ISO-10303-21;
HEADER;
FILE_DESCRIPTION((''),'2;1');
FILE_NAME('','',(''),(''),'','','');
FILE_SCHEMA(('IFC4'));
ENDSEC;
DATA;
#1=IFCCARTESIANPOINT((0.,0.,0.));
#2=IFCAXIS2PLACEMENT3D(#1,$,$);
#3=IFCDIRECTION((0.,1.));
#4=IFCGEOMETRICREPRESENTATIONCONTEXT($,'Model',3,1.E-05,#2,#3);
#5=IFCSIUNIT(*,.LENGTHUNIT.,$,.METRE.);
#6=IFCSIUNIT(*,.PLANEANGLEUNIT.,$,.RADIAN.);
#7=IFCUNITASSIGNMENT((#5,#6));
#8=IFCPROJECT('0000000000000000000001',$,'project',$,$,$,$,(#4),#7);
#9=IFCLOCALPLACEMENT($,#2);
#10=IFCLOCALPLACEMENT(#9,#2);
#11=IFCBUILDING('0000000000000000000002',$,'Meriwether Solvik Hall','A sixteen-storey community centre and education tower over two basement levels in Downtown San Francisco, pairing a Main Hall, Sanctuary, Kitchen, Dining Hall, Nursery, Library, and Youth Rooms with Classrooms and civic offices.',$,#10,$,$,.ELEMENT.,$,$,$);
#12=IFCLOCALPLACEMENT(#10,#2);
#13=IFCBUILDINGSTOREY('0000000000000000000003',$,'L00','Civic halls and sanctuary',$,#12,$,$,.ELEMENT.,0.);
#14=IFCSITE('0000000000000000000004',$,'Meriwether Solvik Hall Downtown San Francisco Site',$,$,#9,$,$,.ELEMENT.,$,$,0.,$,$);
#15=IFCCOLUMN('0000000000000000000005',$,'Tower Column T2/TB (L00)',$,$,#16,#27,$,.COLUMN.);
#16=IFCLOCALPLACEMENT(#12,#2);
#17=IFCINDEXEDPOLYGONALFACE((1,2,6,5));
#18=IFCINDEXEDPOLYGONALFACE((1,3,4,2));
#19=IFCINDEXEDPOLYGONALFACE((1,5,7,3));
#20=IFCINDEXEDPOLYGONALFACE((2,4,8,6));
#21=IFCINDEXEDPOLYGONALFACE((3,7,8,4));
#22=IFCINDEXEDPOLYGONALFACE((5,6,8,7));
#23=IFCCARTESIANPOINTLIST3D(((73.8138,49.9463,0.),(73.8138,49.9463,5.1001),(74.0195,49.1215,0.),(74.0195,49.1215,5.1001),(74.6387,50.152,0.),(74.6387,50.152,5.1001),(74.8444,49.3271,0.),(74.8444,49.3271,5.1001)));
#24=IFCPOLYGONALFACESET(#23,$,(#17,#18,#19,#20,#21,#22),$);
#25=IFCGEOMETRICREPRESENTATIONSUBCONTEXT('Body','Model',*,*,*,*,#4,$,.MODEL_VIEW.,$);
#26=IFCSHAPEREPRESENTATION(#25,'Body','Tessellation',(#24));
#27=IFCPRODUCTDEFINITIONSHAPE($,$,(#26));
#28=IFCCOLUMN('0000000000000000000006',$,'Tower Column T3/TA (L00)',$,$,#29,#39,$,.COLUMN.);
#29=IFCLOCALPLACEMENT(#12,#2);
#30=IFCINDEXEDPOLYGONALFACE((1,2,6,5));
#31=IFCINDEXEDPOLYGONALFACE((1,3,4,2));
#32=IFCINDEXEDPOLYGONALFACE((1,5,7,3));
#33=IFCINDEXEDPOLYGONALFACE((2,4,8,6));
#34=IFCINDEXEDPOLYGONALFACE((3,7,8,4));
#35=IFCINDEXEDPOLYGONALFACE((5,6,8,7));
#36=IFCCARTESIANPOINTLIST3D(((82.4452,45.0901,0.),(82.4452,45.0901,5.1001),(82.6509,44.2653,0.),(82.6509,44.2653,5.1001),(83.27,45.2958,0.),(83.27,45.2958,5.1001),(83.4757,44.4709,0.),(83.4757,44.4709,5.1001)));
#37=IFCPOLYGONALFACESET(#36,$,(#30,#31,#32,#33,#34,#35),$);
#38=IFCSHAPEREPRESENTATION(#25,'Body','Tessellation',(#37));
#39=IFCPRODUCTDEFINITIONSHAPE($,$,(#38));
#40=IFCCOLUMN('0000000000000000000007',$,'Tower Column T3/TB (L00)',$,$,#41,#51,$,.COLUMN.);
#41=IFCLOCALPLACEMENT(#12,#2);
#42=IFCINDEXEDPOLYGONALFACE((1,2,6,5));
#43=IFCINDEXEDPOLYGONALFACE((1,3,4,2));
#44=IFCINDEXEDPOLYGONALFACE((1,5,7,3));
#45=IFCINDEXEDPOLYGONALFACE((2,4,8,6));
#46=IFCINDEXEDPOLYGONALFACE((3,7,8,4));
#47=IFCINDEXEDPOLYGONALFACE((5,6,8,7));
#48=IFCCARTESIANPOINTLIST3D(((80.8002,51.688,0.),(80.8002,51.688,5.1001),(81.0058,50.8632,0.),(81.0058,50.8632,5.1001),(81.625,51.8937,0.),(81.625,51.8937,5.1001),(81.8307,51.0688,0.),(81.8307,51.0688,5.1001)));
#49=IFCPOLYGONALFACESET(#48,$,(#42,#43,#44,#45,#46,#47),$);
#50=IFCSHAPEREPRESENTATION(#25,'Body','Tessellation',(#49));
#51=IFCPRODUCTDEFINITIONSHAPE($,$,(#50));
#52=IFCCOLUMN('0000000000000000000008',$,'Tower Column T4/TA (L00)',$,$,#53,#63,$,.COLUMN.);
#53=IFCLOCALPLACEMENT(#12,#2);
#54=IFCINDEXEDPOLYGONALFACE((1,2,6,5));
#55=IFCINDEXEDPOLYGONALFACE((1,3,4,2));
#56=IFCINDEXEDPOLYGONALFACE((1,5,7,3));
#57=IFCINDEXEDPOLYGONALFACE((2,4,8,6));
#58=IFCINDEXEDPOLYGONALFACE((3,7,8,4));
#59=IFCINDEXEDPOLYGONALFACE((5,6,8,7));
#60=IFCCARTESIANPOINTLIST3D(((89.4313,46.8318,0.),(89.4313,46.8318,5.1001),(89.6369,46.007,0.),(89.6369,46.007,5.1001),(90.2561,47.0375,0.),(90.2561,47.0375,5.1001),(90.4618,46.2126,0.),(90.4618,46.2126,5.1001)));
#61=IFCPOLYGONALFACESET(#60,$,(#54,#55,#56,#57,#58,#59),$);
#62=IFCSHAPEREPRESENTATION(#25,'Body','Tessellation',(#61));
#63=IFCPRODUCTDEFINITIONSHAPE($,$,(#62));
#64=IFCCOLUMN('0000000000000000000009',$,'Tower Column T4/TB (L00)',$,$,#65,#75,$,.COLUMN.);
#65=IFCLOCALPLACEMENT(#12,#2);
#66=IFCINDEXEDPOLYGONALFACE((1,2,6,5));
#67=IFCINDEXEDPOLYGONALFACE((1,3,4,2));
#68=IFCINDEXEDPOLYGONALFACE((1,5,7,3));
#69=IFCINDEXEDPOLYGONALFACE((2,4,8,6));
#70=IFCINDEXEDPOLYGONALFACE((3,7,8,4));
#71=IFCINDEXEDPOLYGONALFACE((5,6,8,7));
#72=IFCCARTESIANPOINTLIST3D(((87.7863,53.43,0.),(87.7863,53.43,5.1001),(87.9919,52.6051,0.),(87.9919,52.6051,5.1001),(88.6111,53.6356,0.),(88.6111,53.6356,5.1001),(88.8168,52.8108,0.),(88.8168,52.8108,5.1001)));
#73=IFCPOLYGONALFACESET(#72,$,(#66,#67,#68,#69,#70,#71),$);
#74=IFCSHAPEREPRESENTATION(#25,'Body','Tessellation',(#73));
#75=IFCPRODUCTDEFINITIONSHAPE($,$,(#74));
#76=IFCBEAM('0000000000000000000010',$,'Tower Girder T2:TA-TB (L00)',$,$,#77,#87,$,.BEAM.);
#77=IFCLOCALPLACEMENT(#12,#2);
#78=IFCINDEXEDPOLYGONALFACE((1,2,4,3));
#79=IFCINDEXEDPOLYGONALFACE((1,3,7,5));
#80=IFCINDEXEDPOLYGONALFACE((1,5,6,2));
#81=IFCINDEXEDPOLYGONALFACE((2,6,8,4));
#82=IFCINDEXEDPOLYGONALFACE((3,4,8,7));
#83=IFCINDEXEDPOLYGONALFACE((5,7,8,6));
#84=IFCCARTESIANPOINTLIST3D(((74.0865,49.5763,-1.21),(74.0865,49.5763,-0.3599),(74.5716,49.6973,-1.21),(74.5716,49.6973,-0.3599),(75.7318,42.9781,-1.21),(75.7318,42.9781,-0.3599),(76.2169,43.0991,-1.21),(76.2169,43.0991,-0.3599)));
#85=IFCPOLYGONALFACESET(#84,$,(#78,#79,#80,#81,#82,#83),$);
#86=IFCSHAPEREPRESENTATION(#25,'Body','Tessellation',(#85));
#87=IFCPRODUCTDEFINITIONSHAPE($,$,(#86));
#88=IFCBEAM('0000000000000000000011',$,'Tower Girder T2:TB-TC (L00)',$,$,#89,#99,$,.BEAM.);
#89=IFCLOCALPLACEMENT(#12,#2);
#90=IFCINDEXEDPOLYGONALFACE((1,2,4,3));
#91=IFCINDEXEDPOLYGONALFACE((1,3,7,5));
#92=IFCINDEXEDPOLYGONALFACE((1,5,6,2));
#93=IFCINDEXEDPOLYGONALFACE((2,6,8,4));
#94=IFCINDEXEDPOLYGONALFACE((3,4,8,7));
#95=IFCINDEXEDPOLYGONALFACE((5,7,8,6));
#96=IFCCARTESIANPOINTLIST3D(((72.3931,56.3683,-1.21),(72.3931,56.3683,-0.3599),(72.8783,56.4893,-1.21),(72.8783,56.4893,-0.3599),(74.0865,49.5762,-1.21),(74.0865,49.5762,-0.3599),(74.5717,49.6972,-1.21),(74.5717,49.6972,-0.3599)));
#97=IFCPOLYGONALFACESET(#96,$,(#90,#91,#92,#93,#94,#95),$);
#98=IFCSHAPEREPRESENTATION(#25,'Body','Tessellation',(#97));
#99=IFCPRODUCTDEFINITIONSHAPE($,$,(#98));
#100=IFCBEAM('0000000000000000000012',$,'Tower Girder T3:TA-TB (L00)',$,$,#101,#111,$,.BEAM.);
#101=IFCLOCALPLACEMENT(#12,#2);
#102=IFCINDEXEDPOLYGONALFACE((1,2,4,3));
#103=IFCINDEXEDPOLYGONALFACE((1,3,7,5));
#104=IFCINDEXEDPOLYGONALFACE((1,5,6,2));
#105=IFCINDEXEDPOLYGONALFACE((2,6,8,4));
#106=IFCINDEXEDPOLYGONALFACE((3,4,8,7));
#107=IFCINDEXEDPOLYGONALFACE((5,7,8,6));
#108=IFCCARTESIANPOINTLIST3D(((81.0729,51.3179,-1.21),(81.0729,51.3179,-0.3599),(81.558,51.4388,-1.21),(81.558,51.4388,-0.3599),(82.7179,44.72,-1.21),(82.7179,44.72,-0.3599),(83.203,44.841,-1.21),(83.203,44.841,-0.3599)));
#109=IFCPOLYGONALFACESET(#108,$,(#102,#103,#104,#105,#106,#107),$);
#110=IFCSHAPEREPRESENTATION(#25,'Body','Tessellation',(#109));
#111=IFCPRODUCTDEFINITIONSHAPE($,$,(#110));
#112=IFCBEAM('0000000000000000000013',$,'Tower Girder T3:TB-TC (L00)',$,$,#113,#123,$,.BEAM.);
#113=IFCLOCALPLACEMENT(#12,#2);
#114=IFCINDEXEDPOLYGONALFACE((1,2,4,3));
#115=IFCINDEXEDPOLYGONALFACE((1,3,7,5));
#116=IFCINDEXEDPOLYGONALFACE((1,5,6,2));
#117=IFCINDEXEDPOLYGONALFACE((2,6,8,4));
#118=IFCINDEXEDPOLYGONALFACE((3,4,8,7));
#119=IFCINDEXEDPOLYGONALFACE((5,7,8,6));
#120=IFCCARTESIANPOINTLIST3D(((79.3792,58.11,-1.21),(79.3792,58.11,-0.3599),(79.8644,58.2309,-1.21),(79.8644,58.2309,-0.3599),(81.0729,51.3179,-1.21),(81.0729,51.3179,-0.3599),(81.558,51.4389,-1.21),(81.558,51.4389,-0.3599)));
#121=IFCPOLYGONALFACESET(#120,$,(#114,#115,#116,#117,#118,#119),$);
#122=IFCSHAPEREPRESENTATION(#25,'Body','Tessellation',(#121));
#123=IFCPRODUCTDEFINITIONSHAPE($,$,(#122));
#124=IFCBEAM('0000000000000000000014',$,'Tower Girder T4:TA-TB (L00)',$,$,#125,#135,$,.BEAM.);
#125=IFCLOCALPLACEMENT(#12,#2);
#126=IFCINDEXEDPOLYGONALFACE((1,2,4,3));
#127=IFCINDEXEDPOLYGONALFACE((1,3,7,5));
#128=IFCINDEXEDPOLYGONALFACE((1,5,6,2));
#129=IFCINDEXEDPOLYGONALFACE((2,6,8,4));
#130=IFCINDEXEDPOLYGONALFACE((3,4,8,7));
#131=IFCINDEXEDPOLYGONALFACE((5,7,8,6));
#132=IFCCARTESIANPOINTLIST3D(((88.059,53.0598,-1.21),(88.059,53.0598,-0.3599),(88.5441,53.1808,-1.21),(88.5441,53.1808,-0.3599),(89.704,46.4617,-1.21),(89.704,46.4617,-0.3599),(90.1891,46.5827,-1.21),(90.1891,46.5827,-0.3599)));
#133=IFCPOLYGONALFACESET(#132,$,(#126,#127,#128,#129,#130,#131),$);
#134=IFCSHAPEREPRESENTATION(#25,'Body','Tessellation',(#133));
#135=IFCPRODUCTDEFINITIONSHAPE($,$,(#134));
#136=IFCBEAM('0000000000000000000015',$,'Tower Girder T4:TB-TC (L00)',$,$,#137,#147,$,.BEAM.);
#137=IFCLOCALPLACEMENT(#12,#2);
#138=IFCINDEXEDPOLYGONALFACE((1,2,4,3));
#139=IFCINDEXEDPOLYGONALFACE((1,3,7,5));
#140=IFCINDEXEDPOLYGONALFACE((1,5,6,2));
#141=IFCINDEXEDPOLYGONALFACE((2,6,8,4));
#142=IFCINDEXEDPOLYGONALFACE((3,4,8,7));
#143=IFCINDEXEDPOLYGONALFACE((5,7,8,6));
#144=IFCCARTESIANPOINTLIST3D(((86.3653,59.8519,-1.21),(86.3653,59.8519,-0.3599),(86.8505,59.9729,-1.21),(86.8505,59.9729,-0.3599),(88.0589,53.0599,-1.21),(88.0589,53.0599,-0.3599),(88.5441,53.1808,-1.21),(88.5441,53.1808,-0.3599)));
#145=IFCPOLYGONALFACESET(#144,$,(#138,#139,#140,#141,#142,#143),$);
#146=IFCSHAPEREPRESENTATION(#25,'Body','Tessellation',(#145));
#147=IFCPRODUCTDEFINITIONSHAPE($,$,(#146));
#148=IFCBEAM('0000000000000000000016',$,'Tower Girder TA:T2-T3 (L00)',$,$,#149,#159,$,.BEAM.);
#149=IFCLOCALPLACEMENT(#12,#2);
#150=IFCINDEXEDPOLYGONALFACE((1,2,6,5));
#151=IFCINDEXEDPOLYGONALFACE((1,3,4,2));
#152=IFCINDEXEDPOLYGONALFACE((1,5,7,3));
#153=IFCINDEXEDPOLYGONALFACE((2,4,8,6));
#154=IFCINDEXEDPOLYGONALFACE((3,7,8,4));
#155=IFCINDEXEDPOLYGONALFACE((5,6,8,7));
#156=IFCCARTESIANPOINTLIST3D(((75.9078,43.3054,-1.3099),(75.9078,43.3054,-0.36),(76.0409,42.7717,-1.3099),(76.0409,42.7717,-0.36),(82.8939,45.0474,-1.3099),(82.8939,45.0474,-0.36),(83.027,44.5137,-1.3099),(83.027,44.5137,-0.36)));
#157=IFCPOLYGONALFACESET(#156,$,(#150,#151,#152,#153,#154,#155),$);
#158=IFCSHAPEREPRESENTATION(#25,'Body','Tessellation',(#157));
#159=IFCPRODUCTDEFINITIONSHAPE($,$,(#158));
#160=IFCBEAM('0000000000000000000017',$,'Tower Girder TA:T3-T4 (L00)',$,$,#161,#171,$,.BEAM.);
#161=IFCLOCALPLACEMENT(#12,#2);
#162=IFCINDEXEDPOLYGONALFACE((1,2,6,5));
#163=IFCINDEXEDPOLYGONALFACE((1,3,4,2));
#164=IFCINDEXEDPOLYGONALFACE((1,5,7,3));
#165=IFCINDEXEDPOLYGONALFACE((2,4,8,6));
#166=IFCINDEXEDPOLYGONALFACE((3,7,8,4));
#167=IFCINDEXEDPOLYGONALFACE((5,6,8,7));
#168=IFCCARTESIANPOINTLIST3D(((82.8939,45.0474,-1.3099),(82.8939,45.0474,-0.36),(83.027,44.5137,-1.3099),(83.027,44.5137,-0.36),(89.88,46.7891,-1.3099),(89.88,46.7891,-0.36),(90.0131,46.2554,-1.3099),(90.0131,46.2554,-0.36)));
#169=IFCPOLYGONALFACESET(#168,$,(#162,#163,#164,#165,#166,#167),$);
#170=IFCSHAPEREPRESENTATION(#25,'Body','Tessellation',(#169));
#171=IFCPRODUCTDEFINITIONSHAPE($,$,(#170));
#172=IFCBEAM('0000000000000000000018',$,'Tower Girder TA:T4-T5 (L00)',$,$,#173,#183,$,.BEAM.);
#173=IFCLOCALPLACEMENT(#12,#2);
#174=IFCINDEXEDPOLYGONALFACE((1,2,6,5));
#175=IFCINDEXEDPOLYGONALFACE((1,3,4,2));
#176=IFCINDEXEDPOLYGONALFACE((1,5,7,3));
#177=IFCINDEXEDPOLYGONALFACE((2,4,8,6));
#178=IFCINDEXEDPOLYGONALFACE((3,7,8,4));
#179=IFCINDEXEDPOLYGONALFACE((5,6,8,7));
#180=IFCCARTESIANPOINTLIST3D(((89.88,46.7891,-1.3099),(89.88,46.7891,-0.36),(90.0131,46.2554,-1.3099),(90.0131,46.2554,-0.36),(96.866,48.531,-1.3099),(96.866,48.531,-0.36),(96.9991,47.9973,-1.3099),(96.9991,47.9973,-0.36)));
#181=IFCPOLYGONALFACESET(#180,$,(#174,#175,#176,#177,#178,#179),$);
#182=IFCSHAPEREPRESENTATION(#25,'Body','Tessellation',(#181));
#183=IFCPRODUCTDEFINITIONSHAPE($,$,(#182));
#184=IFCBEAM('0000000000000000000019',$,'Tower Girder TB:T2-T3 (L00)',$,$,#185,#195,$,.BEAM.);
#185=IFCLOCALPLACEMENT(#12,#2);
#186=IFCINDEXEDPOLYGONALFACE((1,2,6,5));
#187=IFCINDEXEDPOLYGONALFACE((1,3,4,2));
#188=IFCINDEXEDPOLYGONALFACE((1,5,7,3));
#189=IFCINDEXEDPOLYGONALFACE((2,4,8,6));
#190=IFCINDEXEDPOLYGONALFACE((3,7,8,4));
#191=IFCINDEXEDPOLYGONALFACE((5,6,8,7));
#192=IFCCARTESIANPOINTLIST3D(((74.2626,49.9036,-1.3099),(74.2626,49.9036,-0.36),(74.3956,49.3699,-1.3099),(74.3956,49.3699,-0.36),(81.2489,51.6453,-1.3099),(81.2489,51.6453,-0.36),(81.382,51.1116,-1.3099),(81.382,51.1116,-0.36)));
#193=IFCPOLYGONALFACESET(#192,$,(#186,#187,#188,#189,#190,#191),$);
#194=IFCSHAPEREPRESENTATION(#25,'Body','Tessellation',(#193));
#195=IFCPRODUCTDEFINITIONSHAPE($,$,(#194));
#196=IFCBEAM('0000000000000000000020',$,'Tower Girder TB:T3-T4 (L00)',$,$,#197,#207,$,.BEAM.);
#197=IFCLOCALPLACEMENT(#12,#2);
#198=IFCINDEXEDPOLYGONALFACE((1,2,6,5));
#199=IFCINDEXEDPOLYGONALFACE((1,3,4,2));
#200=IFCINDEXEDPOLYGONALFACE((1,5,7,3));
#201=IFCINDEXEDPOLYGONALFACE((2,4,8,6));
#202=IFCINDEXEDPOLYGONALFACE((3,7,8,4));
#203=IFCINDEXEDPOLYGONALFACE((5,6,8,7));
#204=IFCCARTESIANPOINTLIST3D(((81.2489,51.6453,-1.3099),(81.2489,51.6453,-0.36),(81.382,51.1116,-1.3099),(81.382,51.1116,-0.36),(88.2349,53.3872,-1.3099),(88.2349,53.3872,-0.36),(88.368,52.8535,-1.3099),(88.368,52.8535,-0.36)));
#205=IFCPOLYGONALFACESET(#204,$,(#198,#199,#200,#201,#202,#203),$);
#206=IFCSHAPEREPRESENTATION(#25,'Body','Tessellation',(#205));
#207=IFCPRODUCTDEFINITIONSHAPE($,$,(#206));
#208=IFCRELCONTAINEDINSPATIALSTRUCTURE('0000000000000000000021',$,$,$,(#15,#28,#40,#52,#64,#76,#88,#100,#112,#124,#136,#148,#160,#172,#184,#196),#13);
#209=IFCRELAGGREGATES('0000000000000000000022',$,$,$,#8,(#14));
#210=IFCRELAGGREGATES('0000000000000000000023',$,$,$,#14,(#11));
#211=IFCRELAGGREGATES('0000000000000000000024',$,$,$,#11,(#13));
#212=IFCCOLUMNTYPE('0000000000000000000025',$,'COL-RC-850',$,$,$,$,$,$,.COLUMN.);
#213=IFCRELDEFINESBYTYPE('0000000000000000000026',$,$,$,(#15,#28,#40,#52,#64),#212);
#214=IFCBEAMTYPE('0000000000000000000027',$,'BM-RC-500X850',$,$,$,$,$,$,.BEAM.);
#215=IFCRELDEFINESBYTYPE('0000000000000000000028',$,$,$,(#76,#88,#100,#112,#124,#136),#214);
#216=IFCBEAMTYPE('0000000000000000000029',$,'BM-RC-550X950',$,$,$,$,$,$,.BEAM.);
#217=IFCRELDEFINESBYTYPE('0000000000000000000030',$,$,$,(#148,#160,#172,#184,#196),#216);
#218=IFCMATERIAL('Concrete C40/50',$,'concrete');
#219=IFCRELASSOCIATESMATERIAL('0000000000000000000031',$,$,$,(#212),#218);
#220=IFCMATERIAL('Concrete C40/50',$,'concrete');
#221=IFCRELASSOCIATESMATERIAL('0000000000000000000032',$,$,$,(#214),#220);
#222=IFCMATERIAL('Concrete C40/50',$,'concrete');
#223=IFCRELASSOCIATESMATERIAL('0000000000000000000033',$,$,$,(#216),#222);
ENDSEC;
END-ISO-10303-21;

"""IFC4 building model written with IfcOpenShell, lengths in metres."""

from ifc_helpers import new_model, si_unit, direction, frame, origin, origin_2d, place, context, subcontext, project, spatial, rectangle, extrude, material, material_profile, profile_set, type_object, element, save


model = new_model("IFC4")

# Units and contexts
model_context = context("Model", 3, precision=1e-05, world=origin(), true_north=direction((0.0, 1.0)))
body_context = subcontext(model_context, "Body", "Model", "MODEL_VIEW")
ifc_project = project(units=[si_unit("LENGTHUNIT", "METRE"), si_unit("PLANEANGLEUNIT", "RADIAN")], contexts=[model_context])

# Site, building, storey
site_placement = place(None, origin())
site = spatial("IfcSite", under=ifc_project, at=site_placement, Name="Meriwether Solvik Hall Downtown San Francisco Site", CompositionType="ELEMENT", RefElevation=0.0)
building_placement = place(site_placement, origin())
building = spatial("IfcBuilding", under=site, at=building_placement, Name="Meriwether Solvik Hall", Description="A sixteen-storey community centre and education tower over two basement levels in Downtown San Francisco, pairing a Main Hall, Sanctuary, Kitchen, Dining Hall, Nursery, Library, and Youth Rooms with Classrooms and civic offices.", CompositionType="ELEMENT")
storey_placement = place(building_placement, origin())
storey = spatial("IfcBuildingStorey", under=building, at=storey_placement, Name="L00", Description="Civic halls and sanctuary", CompositionType="ELEMENT", Elevation=0.0)

# Columns
ifc_material_1 = material(Name="Concrete C40/50", Category="concrete")
ifc_material_profile_1 = material_profile(ifc_material_1, rectangle(XDim=0.8501, YDim=0.8501, at=origin_2d()), Name="RCC-850X850")
ifc_profile_set_1 = profile_set([ifc_material_profile_1], Name="Concrete C40/50")
column_type = type_object("IfcColumnType", Name="COL-RC-850", PredefinedType="COLUMN", material=ifc_profile_set_1)
for number, where, z_axis, x_axis, name in (
    (1, (74.3291, 49.6367, 0.0), (0.0, 0.0, 1.0), (0.970296, 0.241922, 0.0), "Tower Column T2/TB (L00)"),
    (2, (82.9604, 44.7805, 0.0), (0.0, 0.0, 1.0), (0.970296, 0.241922, 0.0), "Tower Column T3/TA (L00)"),
    (3, (81.3154, 51.3784, 0.0), (0.0, 0.0, 1.0), (0.970296, 0.241922, 0.0), "Tower Column T3/TB (L00)"),
    (4, (89.9465, 46.5222, 0.0), (0.0, 0.0, 1.0), (0.970296, 0.241922, 0.0), "Tower Column T4/TA (L00)"),
    (5, (88.3015, 53.1204, 0.0), (0.0, 0.0, 1.0), (0.970296, 0.241922, 0.0), "Tower Column T4/TB (L00)"),
):
    element("IfcColumn", number, at=place(storey_placement, frame(where, z_axis=z_axis, x_axis=x_axis)), inside=storey, type_object=column_type, Name=name, PredefinedType="COLUMN", context=body_context, shape_type="SweptSolid", body=[
        extrude(rectangle(XDim=0.8501, YDim=0.8501, at=origin_2d()), origin(), (0.0, 0.0, 1.0), 5.1001),
    ])

# Beams
ifc_material_2 = material(Name="Concrete C40/50", Category="concrete")
ifc_material_profile_2 = material_profile(ifc_material_2, rectangle(XDim=0.5, YDim=0.8501, at=origin_2d()), Name="RCB-500X850")
ifc_profile_set_2 = profile_set([ifc_material_profile_2], Name="Concrete C40/50")
beam_type_1 = type_object("IfcBeamType", Name="BM-RC-500X850", PredefinedType="BEAM", material=ifc_profile_set_2)
beam_1_placement = place(storey_placement, frame((75.9744, 43.0386, -0.7849), z_axis=(-0.241944, 0.97029, 0.0), x_axis=(-0.97029, -0.241944, 0.0)))
element("IfcBeam", 6, at=beam_1_placement, inside=storey, type_object=beam_type_1, Name="Tower Girder T2:TA-TB (L00)", PredefinedType="BEAM", context=body_context, shape_type="SweptSolid", body=[
    extrude(rectangle(XDim=0.5, YDim=0.8501, at=origin_2d()), origin(), (0.0, 0.0, 1.0), 6.8003),
])
beam_2_placement = place(storey_placement, frame((74.3291, 49.6367, -0.7849), z_axis=(-0.241912, 0.970298, 0.0), x_axis=(-0.970298, -0.241912, 0.0)))
element("IfcBeam", 7, at=beam_2_placement, inside=storey, type_object=beam_type_1, Name="Tower Girder T2:TB-TC (L00)", PredefinedType="BEAM", context=body_context, shape_type="SweptSolid", body=[
    extrude(rectangle(XDim=0.5, YDim=0.8501, at=origin_2d()), origin(), (0.0, 0.0, 1.0), 7.0),
])
beam_3_placement = place(storey_placement, frame((82.9604, 44.7805, -0.7849), z_axis=(-0.241919, 0.970296, 0.0), x_axis=(-0.970296, -0.241919, 0.0)))
element("IfcBeam", 8, at=beam_3_placement, inside=storey, type_object=beam_type_1, Name="Tower Girder T3:TA-TB (L00)", PredefinedType="BEAM", context=body_context, shape_type="SweptSolid", body=[
    extrude(rectangle(XDim=0.5, YDim=0.8501, at=origin_2d()), origin(), (0.0, 0.0, 1.0), 6.7998),
])
beam_4_placement = place(storey_placement, frame((81.3154, 51.3784, -0.7849), z_axis=(-0.241945, 0.97029, 0.0), x_axis=(-0.97029, -0.241945, 0.0)))
element("IfcBeam", 9, at=beam_4_placement, inside=storey, type_object=beam_type_1, Name="Tower Girder T3:TB-TC (L00)", PredefinedType="BEAM", context=body_context, shape_type="SweptSolid", body=[
    extrude(rectangle(XDim=0.5, YDim=0.8501, at=origin_2d()), origin(), (0.0, 0.0, 1.0), 7.0),
])
beam_5_placement = place(storey_placement, frame((89.9465, 46.5222, -0.7849), z_axis=(-0.24191, 0.970299, 0.0), x_axis=(-0.970299, -0.24191, 0.0)))
element("IfcBeam", 10, at=beam_5_placement, inside=storey, type_object=beam_type_1, Name="Tower Girder T4:TA-TB (L00)", PredefinedType="BEAM", context=body_context, shape_type="SweptSolid", body=[
    extrude(rectangle(XDim=0.5, YDim=0.8501, at=origin_2d()), origin(), (0.0, 0.0, 1.0), 6.8),
])
beam_6_placement = place(storey_placement, frame((88.3015, 53.1204, -0.7849), z_axis=(-0.241945, 0.97029, 0.0), x_axis=(-0.97029, -0.241945, 0.0)))
element("IfcBeam", 11, at=beam_6_placement, inside=storey, type_object=beam_type_1, Name="Tower Girder T4:TB-TC (L00)", PredefinedType="BEAM", context=body_context, shape_type="SweptSolid", body=[
    extrude(rectangle(XDim=0.5, YDim=0.8501, at=origin_2d()), origin(), (0.0, 0.0, 1.0), 7.0),
])
ifc_material_3 = material(Name="Concrete C40/50", Category="concrete")
ifc_material_profile_3 = material_profile(ifc_material_3, rectangle(XDim=0.55, YDim=0.95, at=origin_2d()), Name="RCB-550X950")
ifc_profile_set_3 = profile_set([ifc_material_profile_3], Name="Concrete C40/50")
beam_type_2 = type_object("IfcBeamType", Name="BM-RC-550X950", PredefinedType="BEAM", material=ifc_profile_set_3)
for number, where, z_axis, x_axis, name in (
    (12, (75.9744, 43.0386, -0.835), (0.970292, 0.241937, 0.0), (-0.241937, 0.970292, 0.0), "Tower Girder TA:T2-T3 (L00)"),
    (13, (82.9604, 44.7805, -0.835), (0.9703, 0.241905, 0.0), (-0.241905, 0.9703, 0.0), "Tower Girder TA:T3-T4 (L00)"),
    (14, (89.9465, 46.5222, -0.835), (0.970292, 0.241937, 0.0), (-0.241937, 0.970292, 0.0), "Tower Girder TA:T4-T5 (L00)"),
):
    element("IfcBeam", number, at=place(storey_placement, frame(where, z_axis=z_axis, x_axis=x_axis)), inside=storey, type_object=beam_type_2, Name=name, PredefinedType="BEAM", context=body_context, shape_type="SweptSolid", body=[
        extrude(rectangle(XDim=0.55, YDim=0.95, at=origin_2d()), origin(), (0.0, 0.0, 1.0), 7.2),
    ])
beam_7_placement = place(storey_placement, frame((74.3291, 49.6367, -0.835), z_axis=(0.970302, 0.241897, 0.0), x_axis=(-0.241897, 0.970302, 0.0)))
element("IfcBeam", 15, at=beam_7_placement, inside=storey, type_object=beam_type_2, Name="Tower Girder TB:T2-T3 (L00)", PredefinedType="BEAM", context=body_context, shape_type="SweptSolid", body=[
    extrude(rectangle(XDim=0.55, YDim=0.95, at=origin_2d()), origin(), (0.0, 0.0, 1.0), 7.2002),
])
for number, where, z_axis, x_axis, name in (
    (16, (81.3154, 51.3784, -0.835), (0.970292, 0.241937, 0.0), (-0.241937, 0.970292, 0.0), "Tower Girder TB:T3-T4 (L00)"),
):
    element("IfcBeam", number, at=place(storey_placement, frame(where, z_axis=z_axis, x_axis=x_axis)), inside=storey, type_object=beam_type_2, Name=name, PredefinedType="BEAM", context=body_context, shape_type="SweptSolid", body=[
        extrude(rectangle(XDim=0.55, YDim=0.95, at=origin_2d()), origin(), (0.0, 0.0, 1.0), 7.2),
    ])

save(model, "model.ifc")
